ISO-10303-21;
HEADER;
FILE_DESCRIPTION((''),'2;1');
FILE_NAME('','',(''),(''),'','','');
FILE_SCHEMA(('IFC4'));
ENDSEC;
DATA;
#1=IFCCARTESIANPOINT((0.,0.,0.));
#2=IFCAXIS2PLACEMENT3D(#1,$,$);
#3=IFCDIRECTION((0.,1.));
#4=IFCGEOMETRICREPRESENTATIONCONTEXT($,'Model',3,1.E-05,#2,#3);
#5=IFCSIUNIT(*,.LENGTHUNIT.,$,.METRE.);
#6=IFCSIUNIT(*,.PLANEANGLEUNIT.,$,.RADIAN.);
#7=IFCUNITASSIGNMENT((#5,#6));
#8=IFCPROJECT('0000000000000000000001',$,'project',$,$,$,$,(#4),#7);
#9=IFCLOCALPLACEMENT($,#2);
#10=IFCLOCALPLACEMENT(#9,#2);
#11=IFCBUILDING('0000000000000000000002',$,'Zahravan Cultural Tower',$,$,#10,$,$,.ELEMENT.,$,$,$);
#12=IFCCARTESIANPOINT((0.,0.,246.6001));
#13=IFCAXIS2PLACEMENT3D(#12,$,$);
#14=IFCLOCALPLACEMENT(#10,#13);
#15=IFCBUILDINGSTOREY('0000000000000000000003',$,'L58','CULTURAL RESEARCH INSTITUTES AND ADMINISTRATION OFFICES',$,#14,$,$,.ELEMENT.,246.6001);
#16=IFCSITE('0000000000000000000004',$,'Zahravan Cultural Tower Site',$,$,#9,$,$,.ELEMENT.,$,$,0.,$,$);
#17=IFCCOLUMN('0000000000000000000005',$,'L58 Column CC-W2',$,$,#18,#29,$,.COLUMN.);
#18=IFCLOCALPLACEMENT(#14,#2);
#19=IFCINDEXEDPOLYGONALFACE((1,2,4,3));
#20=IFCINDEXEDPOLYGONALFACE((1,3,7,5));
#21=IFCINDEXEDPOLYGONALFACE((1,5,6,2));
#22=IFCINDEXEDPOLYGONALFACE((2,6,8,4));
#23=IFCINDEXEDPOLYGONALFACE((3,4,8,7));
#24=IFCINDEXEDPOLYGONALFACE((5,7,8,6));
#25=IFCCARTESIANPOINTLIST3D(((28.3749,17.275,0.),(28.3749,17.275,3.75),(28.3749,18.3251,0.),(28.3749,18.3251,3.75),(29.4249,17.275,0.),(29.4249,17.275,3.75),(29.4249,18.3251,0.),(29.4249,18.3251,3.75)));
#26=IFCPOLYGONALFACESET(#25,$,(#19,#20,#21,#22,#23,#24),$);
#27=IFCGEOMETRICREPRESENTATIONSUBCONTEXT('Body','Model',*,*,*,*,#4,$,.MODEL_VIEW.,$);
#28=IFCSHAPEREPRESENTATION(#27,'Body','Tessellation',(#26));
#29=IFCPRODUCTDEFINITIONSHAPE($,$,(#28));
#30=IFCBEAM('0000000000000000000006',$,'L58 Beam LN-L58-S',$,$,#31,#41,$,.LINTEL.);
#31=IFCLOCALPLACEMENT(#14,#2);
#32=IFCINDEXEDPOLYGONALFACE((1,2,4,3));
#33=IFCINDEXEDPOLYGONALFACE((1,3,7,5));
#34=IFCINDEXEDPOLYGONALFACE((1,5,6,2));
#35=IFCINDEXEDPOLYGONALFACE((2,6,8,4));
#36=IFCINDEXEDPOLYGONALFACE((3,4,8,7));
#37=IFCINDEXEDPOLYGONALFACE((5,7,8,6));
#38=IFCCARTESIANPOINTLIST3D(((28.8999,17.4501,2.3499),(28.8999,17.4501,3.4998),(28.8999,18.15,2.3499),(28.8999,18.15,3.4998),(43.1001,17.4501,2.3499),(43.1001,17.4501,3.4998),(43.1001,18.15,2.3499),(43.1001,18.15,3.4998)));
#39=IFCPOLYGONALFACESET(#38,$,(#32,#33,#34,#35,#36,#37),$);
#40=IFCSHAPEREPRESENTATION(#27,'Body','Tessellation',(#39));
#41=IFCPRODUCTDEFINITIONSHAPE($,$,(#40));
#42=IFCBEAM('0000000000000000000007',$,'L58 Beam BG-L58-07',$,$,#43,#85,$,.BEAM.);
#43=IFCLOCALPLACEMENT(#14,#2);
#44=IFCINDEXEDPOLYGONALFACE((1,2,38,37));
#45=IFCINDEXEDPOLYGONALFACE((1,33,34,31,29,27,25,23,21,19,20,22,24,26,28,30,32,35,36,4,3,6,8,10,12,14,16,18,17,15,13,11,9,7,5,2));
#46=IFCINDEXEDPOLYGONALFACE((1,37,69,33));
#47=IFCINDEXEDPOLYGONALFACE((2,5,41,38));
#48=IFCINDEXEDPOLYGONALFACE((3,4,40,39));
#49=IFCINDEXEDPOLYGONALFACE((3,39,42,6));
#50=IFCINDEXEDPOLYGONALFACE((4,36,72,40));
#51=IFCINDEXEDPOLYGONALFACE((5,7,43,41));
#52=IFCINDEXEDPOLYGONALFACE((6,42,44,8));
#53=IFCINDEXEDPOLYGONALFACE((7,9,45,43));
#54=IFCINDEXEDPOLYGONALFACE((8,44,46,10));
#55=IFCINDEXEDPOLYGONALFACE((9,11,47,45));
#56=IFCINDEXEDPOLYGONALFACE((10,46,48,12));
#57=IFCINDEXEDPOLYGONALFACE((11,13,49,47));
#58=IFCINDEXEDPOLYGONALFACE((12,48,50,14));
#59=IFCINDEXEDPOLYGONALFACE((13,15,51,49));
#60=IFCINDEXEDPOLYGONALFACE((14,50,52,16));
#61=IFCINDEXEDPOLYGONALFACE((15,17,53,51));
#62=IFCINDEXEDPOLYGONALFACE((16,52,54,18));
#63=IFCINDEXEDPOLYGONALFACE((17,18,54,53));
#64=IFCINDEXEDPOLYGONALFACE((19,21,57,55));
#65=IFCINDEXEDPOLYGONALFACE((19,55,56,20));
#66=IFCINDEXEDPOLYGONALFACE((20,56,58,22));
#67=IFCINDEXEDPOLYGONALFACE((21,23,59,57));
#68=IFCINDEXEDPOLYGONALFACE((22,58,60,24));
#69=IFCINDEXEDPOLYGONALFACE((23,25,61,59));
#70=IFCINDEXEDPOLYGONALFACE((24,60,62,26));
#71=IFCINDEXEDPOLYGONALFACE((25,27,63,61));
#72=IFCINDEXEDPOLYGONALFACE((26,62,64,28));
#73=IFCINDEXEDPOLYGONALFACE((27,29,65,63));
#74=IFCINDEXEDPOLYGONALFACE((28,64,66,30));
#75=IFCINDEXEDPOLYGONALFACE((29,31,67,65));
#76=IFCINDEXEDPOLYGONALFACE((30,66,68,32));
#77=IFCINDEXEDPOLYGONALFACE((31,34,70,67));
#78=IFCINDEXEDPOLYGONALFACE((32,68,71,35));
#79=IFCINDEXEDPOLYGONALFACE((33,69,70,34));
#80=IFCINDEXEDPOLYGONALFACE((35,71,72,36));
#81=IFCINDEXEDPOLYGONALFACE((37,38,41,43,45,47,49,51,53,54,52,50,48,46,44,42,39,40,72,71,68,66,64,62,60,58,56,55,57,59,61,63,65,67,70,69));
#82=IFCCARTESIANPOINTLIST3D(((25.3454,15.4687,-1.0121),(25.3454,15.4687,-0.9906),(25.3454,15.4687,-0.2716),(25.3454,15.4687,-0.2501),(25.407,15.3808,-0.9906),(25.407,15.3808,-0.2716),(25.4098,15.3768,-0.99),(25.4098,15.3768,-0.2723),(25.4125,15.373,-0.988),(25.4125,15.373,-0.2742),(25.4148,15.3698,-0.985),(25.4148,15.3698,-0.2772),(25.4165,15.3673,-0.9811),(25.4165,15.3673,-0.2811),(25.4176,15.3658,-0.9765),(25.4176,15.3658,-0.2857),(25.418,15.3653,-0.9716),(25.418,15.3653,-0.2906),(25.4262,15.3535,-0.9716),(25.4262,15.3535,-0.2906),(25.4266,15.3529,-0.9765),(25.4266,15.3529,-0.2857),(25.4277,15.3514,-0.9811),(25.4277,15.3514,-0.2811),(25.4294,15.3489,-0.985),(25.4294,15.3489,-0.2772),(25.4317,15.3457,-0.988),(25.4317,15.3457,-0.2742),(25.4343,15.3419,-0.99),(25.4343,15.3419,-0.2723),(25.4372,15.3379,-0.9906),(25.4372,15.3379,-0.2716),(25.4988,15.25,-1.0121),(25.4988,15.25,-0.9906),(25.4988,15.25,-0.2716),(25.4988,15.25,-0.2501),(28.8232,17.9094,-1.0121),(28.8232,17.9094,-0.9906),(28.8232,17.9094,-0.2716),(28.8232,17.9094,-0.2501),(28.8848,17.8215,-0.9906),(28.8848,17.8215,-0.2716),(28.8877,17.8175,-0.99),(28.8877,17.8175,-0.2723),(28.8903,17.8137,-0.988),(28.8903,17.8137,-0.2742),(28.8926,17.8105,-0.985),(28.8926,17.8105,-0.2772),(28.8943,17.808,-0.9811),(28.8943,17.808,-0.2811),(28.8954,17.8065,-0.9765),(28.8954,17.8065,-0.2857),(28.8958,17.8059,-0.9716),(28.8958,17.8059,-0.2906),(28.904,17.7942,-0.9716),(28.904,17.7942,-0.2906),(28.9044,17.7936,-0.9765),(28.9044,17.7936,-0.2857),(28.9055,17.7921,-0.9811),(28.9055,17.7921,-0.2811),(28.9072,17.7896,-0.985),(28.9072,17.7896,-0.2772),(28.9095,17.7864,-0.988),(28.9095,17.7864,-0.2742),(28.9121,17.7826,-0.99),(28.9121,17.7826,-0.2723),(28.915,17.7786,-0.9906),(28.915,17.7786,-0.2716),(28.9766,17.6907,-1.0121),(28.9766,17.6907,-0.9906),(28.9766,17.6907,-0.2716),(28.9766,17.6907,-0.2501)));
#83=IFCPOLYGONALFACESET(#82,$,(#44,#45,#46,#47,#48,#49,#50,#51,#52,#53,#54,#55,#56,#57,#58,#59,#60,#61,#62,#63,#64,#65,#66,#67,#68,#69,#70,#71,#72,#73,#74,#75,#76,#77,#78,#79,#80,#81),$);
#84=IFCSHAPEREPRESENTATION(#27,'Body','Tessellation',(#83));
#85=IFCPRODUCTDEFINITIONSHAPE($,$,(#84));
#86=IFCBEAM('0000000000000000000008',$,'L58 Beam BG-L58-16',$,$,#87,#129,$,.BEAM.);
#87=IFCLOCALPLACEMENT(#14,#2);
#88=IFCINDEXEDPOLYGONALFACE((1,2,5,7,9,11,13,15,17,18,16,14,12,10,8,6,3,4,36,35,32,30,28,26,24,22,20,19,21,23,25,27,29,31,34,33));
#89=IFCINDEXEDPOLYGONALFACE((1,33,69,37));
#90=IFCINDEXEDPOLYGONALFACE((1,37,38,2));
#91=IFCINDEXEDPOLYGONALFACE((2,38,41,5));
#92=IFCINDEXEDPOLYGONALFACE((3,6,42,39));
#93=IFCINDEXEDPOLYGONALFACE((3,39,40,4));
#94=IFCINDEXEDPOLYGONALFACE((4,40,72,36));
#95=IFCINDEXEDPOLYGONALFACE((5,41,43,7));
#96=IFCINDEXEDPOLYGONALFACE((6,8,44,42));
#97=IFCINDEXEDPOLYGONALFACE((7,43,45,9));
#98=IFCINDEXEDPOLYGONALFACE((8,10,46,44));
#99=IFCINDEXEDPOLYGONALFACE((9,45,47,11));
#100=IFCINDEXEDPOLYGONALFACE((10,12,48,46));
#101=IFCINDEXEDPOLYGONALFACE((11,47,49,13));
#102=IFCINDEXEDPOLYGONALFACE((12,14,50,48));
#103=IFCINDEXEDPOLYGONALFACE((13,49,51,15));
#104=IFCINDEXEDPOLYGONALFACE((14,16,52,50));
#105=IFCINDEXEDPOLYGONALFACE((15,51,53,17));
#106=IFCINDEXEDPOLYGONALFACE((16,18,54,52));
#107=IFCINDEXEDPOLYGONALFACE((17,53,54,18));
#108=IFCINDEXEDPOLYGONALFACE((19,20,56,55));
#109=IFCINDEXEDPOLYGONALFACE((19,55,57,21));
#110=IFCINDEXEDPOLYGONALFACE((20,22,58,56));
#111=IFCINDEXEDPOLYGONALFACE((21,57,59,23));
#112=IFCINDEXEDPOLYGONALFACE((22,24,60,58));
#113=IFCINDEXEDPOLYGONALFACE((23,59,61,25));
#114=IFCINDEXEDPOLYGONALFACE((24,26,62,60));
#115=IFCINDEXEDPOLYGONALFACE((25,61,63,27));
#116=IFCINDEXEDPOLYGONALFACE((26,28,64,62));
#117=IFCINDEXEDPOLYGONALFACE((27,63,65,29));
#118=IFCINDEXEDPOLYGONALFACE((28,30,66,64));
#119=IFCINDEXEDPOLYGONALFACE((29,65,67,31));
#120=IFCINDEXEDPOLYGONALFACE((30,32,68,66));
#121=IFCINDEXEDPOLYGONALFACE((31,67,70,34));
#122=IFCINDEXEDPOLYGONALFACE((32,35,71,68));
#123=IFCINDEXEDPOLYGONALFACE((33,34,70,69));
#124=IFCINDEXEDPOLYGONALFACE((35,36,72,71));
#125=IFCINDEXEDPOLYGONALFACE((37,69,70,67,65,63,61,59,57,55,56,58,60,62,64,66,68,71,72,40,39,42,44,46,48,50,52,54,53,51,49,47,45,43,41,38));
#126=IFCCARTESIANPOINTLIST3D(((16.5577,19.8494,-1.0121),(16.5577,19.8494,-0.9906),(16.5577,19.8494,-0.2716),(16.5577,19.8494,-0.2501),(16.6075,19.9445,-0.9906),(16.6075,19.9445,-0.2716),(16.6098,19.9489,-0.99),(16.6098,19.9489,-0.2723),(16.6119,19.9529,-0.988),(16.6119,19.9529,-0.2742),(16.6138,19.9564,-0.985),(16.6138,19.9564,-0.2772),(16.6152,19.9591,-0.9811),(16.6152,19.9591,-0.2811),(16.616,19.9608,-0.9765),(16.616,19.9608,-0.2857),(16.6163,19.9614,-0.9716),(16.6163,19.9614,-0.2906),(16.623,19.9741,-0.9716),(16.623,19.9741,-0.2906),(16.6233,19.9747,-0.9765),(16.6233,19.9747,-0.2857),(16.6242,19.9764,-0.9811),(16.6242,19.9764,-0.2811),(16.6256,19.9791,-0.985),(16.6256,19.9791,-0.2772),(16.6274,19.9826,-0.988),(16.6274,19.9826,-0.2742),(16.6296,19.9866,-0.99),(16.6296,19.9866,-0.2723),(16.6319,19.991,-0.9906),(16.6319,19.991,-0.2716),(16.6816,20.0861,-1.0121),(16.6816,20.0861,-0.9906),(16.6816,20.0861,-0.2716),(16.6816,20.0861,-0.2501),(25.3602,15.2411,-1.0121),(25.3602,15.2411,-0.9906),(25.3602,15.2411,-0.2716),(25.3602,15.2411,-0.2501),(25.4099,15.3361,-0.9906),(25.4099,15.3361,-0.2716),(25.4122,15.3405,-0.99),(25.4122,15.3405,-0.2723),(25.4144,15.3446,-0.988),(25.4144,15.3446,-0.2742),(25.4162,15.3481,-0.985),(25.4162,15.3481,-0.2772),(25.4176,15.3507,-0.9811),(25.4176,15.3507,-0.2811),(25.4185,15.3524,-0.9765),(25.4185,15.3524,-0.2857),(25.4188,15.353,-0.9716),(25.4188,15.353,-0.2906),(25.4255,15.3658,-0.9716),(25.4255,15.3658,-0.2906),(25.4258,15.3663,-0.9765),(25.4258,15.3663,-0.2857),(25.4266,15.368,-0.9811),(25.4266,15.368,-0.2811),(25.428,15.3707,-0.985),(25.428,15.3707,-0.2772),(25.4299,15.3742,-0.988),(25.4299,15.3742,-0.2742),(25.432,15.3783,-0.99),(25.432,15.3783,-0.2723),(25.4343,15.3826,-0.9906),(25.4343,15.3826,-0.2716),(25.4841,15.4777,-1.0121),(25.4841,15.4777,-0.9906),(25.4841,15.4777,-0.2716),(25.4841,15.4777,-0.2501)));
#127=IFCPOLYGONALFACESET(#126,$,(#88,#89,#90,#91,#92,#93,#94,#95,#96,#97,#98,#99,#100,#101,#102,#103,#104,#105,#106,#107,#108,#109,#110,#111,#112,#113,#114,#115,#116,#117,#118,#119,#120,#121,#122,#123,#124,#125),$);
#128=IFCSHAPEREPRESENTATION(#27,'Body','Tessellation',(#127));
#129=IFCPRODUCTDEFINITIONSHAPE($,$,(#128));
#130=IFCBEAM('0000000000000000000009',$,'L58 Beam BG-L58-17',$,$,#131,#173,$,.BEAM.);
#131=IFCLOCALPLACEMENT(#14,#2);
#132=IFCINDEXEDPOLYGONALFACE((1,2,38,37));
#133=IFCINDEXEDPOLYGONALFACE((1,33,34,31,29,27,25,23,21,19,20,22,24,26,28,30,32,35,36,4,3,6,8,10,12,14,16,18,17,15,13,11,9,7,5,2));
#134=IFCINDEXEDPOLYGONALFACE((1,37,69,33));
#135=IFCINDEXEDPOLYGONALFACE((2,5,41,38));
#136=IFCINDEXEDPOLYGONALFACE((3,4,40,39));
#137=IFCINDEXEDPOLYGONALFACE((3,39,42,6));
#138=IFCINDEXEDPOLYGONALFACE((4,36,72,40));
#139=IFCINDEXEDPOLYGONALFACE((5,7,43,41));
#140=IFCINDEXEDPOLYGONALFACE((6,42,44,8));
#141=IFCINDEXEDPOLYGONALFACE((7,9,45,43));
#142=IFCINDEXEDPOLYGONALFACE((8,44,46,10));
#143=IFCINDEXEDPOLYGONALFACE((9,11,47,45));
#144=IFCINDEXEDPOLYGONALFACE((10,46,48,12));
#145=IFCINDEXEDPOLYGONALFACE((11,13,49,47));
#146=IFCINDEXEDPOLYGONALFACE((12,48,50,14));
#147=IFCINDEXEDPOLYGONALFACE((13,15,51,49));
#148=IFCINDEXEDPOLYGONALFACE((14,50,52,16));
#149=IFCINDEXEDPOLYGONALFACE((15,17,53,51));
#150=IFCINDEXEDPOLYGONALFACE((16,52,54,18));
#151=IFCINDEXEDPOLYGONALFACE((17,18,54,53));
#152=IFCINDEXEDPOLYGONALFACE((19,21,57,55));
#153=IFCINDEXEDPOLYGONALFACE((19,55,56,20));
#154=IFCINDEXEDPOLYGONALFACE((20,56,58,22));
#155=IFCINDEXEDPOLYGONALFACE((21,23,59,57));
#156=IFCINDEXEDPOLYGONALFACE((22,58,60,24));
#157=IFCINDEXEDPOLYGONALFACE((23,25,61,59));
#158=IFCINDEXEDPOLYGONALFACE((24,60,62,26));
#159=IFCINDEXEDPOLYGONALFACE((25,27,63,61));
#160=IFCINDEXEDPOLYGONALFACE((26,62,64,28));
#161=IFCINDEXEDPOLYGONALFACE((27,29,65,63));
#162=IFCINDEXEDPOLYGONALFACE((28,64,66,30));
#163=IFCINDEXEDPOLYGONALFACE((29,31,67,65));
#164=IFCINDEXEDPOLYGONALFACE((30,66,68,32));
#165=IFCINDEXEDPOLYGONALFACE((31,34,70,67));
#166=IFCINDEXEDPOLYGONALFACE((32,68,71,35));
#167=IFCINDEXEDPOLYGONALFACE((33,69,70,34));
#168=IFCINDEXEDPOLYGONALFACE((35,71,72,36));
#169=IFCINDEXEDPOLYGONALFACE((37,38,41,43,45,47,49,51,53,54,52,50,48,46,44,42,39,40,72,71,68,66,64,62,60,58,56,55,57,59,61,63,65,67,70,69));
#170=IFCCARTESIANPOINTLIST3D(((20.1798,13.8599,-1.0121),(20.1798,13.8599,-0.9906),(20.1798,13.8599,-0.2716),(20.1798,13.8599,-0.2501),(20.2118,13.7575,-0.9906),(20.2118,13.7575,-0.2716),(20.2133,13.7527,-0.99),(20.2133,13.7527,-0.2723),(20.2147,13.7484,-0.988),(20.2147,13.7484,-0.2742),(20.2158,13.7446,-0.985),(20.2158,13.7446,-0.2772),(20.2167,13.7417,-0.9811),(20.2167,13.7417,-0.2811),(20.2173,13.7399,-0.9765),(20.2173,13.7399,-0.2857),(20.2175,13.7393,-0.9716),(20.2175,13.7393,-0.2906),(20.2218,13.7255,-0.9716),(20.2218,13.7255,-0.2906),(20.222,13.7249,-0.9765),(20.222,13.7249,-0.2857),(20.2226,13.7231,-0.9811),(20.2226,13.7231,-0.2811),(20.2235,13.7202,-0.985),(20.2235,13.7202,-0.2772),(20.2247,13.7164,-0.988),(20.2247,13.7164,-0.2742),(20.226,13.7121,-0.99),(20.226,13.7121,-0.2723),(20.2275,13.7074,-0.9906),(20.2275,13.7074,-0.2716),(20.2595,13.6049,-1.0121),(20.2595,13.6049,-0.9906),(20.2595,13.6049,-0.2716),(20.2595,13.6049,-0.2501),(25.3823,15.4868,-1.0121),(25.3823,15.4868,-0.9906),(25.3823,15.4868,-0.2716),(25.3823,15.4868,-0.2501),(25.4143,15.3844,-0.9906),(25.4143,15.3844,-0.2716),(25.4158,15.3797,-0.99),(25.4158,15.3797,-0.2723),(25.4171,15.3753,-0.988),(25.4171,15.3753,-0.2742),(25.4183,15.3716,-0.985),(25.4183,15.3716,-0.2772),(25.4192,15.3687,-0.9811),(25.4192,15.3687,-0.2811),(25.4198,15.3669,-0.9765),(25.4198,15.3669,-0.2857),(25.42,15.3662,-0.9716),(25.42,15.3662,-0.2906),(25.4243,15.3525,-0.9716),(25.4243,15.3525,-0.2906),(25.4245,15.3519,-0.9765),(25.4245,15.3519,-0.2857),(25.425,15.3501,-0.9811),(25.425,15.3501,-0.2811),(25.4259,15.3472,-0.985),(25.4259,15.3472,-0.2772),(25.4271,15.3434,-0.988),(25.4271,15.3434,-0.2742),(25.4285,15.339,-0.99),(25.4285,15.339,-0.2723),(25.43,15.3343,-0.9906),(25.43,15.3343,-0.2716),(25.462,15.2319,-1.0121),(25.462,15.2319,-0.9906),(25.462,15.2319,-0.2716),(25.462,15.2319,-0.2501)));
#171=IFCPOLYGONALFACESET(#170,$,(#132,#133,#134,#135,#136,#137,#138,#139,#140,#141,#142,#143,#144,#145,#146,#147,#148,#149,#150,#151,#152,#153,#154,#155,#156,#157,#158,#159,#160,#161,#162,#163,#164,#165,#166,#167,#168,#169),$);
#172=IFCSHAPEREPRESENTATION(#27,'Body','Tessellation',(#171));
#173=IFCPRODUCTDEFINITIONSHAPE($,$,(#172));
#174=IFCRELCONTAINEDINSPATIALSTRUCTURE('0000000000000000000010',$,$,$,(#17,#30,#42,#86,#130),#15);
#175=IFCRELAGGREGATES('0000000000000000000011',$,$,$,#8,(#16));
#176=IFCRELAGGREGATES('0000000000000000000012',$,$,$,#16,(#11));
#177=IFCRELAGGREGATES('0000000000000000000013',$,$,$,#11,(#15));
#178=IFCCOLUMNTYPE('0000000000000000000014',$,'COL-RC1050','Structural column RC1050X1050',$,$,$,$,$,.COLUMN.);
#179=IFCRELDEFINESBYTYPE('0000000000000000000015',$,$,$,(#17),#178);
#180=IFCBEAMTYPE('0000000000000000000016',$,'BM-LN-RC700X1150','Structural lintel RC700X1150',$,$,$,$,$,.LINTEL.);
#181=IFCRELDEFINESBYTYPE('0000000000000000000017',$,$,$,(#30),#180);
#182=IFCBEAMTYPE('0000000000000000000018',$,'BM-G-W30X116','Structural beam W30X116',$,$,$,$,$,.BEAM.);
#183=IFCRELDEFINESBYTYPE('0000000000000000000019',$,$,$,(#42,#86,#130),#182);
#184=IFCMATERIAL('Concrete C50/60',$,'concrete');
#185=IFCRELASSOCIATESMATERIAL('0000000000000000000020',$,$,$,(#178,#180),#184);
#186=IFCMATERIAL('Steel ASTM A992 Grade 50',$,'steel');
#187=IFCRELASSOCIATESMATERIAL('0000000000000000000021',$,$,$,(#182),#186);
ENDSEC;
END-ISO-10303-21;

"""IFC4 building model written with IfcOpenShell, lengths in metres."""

from ifc_helpers import new_model, si_unit, direction, frame, origin, origin_2d, place, context, subcontext, project, spatial, rectangle, i_section, extrude, source, transform, mapped, material, material_profile, profile_set, type_object, element, save


model = new_model("IFC4")

# Units and contexts
model_context = context("Model", 3, precision=1e-05, world=origin(), true_north=direction((0.0, 1.0)))
body_context = subcontext(model_context, "Body", "Model", "MODEL_VIEW")
ifc_project = project(units=[si_unit("LENGTHUNIT", "METRE"), si_unit("PLANEANGLEUNIT", "RADIAN")], contexts=[model_context])

# Site, building, storey
site_placement = place(None, origin())
site = spatial("IfcSite", under=ifc_project, at=site_placement, Name="Zahravan Cultural Tower Site", CompositionType="ELEMENT", RefElevation=0.0)
building_placement = place(site_placement, origin())
building = spatial("IfcBuilding", under=site, at=building_placement, Name="Zahravan Cultural Tower", CompositionType="ELEMENT")
storey_placement = place(building_placement, frame((0.0, 0.0, 246.6001)))
storey = spatial("IfcBuildingStorey", under=building, at=storey_placement, Name="L58", Description="CULTURAL RESEARCH INSTITUTES AND ADMINISTRATION OFFICES", CompositionType="ELEMENT", Elevation=246.6001)

# Column
ifc_material_1 = material(Name="Concrete C50/60", Category="concrete")
ifc_material_profile_1 = material_profile(ifc_material_1, rectangle(XDim=1.05, YDim=1.05, at=origin_2d()), Name="RC1050X1050")
ifc_profile_set_1 = profile_set([ifc_material_profile_1], Name="Concrete C50/60")
column_type = type_object("IfcColumnType", Name="COL-RC1050", Description="Structural column RC1050X1050", PredefinedType="COLUMN", material=ifc_profile_set_1)
shared_shape_1 = source(origin(), body_context, "Body", "SweptSolid", [
    extrude(rectangle(XDim=1.05, YDim=1.05, at=origin_2d()), origin(), (0.0, 0.0, 1.0), 3.75),
])
column_placement = place(storey_placement, frame((28.8999, 17.8, 0.0), z_axis=(0.0, 0.0, 1.0), x_axis=(1.0, 0.0, 0.0)))
element("IfcColumn", 1, at=column_placement, inside=storey, type_object=column_type, Name="L58 Column CC-W2", PredefinedType="COLUMN", context=body_context, shape_type="MappedRepresentation", body=[
    mapped(shared_shape_1, transform((0.0, 0.0, 0.0), x_axis=(1.0, 0.0, 0.0), y_axis=(0.0, 1.0, 0.0), z_axis=(0.0, 0.0, 1.0), scale=1.0)),
])

# Beams
ifc_material_profile_2 = material_profile(ifc_material_1, rectangle(XDim=0.7, YDim=1.1499, at=origin_2d()), Name="RC700X1150")
ifc_profile_set_2 = profile_set([ifc_material_profile_2], Name="Concrete C50/60")
beam_type_1 = type_object("IfcBeamType", Name="BM-LN-RC700X1150", Description="Structural lintel RC700X1150", PredefinedType="LINTEL", material=ifc_profile_set_2)
shared_shape_2 = source(origin(), body_context, "Body", "SweptSolid", [
    extrude(rectangle(XDim=0.7, YDim=1.1499, at=origin_2d()), origin(), (0.0, 0.0, 1.0), 14.2002),
])
beam_1_placement = place(storey_placement, frame((28.8999, 17.8, 2.9248), z_axis=(1.0, 0.0, 0.0), x_axis=(0.0, 1.0, 0.0)))
element("IfcBeam", 2, at=beam_1_placement, inside=storey, type_object=beam_type_1, Name="L58 Beam LN-L58-S", PredefinedType="LINTEL", context=body_context, shape_type="MappedRepresentation", body=[
    mapped(shared_shape_2, transform((0.0, 0.0, 0.0), x_axis=(1.0, 0.0, 0.0), y_axis=(0.0, 1.0, 0.0), z_axis=(0.0, 0.0, 1.0), scale=1.0)),
])
ifc_material_2 = material(Name="Steel ASTM A992 Grade 50", Category="steel")
ifc_material_profile_3 = material_profile(ifc_material_2, i_section(OverallWidth=0.2671, OverallDepth=0.762, WebThickness=0.0144, FlangeThickness=0.0215, FilletRadius=0.019, at=origin_2d()), Name="W30X116")
ifc_profile_set_3 = profile_set([ifc_material_profile_3], Name="Steel ASTM A992 Grade 50")
beam_type_2 = type_object("IfcBeamType", Name="BM-G-W30X116", Description="Structural beam W30X116", PredefinedType="BEAM", material=ifc_profile_set_3)
shared_shape_3 = source(origin(), body_context, "Body", "SweptSolid", [
    extrude(i_section(OverallWidth=0.2671, OverallDepth=0.762, WebThickness=0.0144, FlangeThickness=0.0215, FilletRadius=0.019, at=origin_2d()), origin(), (0.0, 0.0, 1.0), 4.2488),
])
beam_2_placement = place(storey_placement, frame((28.8999, 17.8, -0.6311), z_axis=(-0.818543, -0.574445, 0.0), x_axis=(0.574445, -0.818543, 0.0)))
element("IfcBeam", 3, at=beam_2_placement, inside=storey, type_object=beam_type_2, Name="L58 Beam BG-L58-07", PredefinedType="BEAM", context=body_context, shape_type="MappedRepresentation", body=[
    mapped(shared_shape_3, transform((0.0, 0.0, 0.0), x_axis=(1.0, 0.0, 0.0), y_axis=(0.0, 1.0, 0.0), z_axis=(0.0, 0.0, 1.0), scale=1.0)),
])
shared_shape_4 = source(origin(), body_context, "Body", "SweptSolid", [
    extrude(i_section(OverallWidth=0.2671, OverallDepth=0.762, WebThickness=0.0144, FlangeThickness=0.0215, FilletRadius=0.019, at=origin_2d()), origin(), (0.0, 0.0, 1.0), 9.9358),
])
beam_3_placement = place(storey_placement, frame((25.4221, 15.3594, -0.6311), z_axis=(-0.885932, 0.463815, 0.0), x_axis=(-0.463815, -0.885932, 0.0)))
element("IfcBeam", 4, at=beam_3_placement, inside=storey, type_object=beam_type_2, Name="L58 Beam BG-L58-16", PredefinedType="BEAM", context=body_context, shape_type="MappedRepresentation", body=[
    mapped(shared_shape_4, transform((0.0, 0.0, 0.0), x_axis=(1.0, 0.0, 0.0), y_axis=(0.0, 1.0, 0.0), z_axis=(0.0, 0.0, 1.0), scale=1.0)),
])
shared_shape_5 = source(origin(), body_context, "Body", "SweptSolid", [
    extrude(i_section(OverallWidth=0.2671, OverallDepth=0.762, WebThickness=0.0144, FlangeThickness=0.0215, FilletRadius=0.019, at=origin_2d()), origin(), (0.0, 0.0, 1.0), 5.4509),
])
beam_4_placement = place(storey_placement, frame((25.4221, 15.3594, -0.6311), z_axis=(-0.954417, -0.298476, 0.0), x_axis=(0.298476, -0.954417, 0.0)))
element("IfcBeam", 5, at=beam_4_placement, inside=storey, type_object=beam_type_2, Name="L58 Beam BG-L58-17", PredefinedType="BEAM", context=body_context, shape_type="MappedRepresentation", body=[
    mapped(shared_shape_5, transform((0.0, 0.0, 0.0), x_axis=(1.0, 0.0, 0.0), y_axis=(0.0, 1.0, 0.0), z_axis=(0.0, 0.0, 1.0), scale=1.0)),
])

save(model, "model.ifc")
